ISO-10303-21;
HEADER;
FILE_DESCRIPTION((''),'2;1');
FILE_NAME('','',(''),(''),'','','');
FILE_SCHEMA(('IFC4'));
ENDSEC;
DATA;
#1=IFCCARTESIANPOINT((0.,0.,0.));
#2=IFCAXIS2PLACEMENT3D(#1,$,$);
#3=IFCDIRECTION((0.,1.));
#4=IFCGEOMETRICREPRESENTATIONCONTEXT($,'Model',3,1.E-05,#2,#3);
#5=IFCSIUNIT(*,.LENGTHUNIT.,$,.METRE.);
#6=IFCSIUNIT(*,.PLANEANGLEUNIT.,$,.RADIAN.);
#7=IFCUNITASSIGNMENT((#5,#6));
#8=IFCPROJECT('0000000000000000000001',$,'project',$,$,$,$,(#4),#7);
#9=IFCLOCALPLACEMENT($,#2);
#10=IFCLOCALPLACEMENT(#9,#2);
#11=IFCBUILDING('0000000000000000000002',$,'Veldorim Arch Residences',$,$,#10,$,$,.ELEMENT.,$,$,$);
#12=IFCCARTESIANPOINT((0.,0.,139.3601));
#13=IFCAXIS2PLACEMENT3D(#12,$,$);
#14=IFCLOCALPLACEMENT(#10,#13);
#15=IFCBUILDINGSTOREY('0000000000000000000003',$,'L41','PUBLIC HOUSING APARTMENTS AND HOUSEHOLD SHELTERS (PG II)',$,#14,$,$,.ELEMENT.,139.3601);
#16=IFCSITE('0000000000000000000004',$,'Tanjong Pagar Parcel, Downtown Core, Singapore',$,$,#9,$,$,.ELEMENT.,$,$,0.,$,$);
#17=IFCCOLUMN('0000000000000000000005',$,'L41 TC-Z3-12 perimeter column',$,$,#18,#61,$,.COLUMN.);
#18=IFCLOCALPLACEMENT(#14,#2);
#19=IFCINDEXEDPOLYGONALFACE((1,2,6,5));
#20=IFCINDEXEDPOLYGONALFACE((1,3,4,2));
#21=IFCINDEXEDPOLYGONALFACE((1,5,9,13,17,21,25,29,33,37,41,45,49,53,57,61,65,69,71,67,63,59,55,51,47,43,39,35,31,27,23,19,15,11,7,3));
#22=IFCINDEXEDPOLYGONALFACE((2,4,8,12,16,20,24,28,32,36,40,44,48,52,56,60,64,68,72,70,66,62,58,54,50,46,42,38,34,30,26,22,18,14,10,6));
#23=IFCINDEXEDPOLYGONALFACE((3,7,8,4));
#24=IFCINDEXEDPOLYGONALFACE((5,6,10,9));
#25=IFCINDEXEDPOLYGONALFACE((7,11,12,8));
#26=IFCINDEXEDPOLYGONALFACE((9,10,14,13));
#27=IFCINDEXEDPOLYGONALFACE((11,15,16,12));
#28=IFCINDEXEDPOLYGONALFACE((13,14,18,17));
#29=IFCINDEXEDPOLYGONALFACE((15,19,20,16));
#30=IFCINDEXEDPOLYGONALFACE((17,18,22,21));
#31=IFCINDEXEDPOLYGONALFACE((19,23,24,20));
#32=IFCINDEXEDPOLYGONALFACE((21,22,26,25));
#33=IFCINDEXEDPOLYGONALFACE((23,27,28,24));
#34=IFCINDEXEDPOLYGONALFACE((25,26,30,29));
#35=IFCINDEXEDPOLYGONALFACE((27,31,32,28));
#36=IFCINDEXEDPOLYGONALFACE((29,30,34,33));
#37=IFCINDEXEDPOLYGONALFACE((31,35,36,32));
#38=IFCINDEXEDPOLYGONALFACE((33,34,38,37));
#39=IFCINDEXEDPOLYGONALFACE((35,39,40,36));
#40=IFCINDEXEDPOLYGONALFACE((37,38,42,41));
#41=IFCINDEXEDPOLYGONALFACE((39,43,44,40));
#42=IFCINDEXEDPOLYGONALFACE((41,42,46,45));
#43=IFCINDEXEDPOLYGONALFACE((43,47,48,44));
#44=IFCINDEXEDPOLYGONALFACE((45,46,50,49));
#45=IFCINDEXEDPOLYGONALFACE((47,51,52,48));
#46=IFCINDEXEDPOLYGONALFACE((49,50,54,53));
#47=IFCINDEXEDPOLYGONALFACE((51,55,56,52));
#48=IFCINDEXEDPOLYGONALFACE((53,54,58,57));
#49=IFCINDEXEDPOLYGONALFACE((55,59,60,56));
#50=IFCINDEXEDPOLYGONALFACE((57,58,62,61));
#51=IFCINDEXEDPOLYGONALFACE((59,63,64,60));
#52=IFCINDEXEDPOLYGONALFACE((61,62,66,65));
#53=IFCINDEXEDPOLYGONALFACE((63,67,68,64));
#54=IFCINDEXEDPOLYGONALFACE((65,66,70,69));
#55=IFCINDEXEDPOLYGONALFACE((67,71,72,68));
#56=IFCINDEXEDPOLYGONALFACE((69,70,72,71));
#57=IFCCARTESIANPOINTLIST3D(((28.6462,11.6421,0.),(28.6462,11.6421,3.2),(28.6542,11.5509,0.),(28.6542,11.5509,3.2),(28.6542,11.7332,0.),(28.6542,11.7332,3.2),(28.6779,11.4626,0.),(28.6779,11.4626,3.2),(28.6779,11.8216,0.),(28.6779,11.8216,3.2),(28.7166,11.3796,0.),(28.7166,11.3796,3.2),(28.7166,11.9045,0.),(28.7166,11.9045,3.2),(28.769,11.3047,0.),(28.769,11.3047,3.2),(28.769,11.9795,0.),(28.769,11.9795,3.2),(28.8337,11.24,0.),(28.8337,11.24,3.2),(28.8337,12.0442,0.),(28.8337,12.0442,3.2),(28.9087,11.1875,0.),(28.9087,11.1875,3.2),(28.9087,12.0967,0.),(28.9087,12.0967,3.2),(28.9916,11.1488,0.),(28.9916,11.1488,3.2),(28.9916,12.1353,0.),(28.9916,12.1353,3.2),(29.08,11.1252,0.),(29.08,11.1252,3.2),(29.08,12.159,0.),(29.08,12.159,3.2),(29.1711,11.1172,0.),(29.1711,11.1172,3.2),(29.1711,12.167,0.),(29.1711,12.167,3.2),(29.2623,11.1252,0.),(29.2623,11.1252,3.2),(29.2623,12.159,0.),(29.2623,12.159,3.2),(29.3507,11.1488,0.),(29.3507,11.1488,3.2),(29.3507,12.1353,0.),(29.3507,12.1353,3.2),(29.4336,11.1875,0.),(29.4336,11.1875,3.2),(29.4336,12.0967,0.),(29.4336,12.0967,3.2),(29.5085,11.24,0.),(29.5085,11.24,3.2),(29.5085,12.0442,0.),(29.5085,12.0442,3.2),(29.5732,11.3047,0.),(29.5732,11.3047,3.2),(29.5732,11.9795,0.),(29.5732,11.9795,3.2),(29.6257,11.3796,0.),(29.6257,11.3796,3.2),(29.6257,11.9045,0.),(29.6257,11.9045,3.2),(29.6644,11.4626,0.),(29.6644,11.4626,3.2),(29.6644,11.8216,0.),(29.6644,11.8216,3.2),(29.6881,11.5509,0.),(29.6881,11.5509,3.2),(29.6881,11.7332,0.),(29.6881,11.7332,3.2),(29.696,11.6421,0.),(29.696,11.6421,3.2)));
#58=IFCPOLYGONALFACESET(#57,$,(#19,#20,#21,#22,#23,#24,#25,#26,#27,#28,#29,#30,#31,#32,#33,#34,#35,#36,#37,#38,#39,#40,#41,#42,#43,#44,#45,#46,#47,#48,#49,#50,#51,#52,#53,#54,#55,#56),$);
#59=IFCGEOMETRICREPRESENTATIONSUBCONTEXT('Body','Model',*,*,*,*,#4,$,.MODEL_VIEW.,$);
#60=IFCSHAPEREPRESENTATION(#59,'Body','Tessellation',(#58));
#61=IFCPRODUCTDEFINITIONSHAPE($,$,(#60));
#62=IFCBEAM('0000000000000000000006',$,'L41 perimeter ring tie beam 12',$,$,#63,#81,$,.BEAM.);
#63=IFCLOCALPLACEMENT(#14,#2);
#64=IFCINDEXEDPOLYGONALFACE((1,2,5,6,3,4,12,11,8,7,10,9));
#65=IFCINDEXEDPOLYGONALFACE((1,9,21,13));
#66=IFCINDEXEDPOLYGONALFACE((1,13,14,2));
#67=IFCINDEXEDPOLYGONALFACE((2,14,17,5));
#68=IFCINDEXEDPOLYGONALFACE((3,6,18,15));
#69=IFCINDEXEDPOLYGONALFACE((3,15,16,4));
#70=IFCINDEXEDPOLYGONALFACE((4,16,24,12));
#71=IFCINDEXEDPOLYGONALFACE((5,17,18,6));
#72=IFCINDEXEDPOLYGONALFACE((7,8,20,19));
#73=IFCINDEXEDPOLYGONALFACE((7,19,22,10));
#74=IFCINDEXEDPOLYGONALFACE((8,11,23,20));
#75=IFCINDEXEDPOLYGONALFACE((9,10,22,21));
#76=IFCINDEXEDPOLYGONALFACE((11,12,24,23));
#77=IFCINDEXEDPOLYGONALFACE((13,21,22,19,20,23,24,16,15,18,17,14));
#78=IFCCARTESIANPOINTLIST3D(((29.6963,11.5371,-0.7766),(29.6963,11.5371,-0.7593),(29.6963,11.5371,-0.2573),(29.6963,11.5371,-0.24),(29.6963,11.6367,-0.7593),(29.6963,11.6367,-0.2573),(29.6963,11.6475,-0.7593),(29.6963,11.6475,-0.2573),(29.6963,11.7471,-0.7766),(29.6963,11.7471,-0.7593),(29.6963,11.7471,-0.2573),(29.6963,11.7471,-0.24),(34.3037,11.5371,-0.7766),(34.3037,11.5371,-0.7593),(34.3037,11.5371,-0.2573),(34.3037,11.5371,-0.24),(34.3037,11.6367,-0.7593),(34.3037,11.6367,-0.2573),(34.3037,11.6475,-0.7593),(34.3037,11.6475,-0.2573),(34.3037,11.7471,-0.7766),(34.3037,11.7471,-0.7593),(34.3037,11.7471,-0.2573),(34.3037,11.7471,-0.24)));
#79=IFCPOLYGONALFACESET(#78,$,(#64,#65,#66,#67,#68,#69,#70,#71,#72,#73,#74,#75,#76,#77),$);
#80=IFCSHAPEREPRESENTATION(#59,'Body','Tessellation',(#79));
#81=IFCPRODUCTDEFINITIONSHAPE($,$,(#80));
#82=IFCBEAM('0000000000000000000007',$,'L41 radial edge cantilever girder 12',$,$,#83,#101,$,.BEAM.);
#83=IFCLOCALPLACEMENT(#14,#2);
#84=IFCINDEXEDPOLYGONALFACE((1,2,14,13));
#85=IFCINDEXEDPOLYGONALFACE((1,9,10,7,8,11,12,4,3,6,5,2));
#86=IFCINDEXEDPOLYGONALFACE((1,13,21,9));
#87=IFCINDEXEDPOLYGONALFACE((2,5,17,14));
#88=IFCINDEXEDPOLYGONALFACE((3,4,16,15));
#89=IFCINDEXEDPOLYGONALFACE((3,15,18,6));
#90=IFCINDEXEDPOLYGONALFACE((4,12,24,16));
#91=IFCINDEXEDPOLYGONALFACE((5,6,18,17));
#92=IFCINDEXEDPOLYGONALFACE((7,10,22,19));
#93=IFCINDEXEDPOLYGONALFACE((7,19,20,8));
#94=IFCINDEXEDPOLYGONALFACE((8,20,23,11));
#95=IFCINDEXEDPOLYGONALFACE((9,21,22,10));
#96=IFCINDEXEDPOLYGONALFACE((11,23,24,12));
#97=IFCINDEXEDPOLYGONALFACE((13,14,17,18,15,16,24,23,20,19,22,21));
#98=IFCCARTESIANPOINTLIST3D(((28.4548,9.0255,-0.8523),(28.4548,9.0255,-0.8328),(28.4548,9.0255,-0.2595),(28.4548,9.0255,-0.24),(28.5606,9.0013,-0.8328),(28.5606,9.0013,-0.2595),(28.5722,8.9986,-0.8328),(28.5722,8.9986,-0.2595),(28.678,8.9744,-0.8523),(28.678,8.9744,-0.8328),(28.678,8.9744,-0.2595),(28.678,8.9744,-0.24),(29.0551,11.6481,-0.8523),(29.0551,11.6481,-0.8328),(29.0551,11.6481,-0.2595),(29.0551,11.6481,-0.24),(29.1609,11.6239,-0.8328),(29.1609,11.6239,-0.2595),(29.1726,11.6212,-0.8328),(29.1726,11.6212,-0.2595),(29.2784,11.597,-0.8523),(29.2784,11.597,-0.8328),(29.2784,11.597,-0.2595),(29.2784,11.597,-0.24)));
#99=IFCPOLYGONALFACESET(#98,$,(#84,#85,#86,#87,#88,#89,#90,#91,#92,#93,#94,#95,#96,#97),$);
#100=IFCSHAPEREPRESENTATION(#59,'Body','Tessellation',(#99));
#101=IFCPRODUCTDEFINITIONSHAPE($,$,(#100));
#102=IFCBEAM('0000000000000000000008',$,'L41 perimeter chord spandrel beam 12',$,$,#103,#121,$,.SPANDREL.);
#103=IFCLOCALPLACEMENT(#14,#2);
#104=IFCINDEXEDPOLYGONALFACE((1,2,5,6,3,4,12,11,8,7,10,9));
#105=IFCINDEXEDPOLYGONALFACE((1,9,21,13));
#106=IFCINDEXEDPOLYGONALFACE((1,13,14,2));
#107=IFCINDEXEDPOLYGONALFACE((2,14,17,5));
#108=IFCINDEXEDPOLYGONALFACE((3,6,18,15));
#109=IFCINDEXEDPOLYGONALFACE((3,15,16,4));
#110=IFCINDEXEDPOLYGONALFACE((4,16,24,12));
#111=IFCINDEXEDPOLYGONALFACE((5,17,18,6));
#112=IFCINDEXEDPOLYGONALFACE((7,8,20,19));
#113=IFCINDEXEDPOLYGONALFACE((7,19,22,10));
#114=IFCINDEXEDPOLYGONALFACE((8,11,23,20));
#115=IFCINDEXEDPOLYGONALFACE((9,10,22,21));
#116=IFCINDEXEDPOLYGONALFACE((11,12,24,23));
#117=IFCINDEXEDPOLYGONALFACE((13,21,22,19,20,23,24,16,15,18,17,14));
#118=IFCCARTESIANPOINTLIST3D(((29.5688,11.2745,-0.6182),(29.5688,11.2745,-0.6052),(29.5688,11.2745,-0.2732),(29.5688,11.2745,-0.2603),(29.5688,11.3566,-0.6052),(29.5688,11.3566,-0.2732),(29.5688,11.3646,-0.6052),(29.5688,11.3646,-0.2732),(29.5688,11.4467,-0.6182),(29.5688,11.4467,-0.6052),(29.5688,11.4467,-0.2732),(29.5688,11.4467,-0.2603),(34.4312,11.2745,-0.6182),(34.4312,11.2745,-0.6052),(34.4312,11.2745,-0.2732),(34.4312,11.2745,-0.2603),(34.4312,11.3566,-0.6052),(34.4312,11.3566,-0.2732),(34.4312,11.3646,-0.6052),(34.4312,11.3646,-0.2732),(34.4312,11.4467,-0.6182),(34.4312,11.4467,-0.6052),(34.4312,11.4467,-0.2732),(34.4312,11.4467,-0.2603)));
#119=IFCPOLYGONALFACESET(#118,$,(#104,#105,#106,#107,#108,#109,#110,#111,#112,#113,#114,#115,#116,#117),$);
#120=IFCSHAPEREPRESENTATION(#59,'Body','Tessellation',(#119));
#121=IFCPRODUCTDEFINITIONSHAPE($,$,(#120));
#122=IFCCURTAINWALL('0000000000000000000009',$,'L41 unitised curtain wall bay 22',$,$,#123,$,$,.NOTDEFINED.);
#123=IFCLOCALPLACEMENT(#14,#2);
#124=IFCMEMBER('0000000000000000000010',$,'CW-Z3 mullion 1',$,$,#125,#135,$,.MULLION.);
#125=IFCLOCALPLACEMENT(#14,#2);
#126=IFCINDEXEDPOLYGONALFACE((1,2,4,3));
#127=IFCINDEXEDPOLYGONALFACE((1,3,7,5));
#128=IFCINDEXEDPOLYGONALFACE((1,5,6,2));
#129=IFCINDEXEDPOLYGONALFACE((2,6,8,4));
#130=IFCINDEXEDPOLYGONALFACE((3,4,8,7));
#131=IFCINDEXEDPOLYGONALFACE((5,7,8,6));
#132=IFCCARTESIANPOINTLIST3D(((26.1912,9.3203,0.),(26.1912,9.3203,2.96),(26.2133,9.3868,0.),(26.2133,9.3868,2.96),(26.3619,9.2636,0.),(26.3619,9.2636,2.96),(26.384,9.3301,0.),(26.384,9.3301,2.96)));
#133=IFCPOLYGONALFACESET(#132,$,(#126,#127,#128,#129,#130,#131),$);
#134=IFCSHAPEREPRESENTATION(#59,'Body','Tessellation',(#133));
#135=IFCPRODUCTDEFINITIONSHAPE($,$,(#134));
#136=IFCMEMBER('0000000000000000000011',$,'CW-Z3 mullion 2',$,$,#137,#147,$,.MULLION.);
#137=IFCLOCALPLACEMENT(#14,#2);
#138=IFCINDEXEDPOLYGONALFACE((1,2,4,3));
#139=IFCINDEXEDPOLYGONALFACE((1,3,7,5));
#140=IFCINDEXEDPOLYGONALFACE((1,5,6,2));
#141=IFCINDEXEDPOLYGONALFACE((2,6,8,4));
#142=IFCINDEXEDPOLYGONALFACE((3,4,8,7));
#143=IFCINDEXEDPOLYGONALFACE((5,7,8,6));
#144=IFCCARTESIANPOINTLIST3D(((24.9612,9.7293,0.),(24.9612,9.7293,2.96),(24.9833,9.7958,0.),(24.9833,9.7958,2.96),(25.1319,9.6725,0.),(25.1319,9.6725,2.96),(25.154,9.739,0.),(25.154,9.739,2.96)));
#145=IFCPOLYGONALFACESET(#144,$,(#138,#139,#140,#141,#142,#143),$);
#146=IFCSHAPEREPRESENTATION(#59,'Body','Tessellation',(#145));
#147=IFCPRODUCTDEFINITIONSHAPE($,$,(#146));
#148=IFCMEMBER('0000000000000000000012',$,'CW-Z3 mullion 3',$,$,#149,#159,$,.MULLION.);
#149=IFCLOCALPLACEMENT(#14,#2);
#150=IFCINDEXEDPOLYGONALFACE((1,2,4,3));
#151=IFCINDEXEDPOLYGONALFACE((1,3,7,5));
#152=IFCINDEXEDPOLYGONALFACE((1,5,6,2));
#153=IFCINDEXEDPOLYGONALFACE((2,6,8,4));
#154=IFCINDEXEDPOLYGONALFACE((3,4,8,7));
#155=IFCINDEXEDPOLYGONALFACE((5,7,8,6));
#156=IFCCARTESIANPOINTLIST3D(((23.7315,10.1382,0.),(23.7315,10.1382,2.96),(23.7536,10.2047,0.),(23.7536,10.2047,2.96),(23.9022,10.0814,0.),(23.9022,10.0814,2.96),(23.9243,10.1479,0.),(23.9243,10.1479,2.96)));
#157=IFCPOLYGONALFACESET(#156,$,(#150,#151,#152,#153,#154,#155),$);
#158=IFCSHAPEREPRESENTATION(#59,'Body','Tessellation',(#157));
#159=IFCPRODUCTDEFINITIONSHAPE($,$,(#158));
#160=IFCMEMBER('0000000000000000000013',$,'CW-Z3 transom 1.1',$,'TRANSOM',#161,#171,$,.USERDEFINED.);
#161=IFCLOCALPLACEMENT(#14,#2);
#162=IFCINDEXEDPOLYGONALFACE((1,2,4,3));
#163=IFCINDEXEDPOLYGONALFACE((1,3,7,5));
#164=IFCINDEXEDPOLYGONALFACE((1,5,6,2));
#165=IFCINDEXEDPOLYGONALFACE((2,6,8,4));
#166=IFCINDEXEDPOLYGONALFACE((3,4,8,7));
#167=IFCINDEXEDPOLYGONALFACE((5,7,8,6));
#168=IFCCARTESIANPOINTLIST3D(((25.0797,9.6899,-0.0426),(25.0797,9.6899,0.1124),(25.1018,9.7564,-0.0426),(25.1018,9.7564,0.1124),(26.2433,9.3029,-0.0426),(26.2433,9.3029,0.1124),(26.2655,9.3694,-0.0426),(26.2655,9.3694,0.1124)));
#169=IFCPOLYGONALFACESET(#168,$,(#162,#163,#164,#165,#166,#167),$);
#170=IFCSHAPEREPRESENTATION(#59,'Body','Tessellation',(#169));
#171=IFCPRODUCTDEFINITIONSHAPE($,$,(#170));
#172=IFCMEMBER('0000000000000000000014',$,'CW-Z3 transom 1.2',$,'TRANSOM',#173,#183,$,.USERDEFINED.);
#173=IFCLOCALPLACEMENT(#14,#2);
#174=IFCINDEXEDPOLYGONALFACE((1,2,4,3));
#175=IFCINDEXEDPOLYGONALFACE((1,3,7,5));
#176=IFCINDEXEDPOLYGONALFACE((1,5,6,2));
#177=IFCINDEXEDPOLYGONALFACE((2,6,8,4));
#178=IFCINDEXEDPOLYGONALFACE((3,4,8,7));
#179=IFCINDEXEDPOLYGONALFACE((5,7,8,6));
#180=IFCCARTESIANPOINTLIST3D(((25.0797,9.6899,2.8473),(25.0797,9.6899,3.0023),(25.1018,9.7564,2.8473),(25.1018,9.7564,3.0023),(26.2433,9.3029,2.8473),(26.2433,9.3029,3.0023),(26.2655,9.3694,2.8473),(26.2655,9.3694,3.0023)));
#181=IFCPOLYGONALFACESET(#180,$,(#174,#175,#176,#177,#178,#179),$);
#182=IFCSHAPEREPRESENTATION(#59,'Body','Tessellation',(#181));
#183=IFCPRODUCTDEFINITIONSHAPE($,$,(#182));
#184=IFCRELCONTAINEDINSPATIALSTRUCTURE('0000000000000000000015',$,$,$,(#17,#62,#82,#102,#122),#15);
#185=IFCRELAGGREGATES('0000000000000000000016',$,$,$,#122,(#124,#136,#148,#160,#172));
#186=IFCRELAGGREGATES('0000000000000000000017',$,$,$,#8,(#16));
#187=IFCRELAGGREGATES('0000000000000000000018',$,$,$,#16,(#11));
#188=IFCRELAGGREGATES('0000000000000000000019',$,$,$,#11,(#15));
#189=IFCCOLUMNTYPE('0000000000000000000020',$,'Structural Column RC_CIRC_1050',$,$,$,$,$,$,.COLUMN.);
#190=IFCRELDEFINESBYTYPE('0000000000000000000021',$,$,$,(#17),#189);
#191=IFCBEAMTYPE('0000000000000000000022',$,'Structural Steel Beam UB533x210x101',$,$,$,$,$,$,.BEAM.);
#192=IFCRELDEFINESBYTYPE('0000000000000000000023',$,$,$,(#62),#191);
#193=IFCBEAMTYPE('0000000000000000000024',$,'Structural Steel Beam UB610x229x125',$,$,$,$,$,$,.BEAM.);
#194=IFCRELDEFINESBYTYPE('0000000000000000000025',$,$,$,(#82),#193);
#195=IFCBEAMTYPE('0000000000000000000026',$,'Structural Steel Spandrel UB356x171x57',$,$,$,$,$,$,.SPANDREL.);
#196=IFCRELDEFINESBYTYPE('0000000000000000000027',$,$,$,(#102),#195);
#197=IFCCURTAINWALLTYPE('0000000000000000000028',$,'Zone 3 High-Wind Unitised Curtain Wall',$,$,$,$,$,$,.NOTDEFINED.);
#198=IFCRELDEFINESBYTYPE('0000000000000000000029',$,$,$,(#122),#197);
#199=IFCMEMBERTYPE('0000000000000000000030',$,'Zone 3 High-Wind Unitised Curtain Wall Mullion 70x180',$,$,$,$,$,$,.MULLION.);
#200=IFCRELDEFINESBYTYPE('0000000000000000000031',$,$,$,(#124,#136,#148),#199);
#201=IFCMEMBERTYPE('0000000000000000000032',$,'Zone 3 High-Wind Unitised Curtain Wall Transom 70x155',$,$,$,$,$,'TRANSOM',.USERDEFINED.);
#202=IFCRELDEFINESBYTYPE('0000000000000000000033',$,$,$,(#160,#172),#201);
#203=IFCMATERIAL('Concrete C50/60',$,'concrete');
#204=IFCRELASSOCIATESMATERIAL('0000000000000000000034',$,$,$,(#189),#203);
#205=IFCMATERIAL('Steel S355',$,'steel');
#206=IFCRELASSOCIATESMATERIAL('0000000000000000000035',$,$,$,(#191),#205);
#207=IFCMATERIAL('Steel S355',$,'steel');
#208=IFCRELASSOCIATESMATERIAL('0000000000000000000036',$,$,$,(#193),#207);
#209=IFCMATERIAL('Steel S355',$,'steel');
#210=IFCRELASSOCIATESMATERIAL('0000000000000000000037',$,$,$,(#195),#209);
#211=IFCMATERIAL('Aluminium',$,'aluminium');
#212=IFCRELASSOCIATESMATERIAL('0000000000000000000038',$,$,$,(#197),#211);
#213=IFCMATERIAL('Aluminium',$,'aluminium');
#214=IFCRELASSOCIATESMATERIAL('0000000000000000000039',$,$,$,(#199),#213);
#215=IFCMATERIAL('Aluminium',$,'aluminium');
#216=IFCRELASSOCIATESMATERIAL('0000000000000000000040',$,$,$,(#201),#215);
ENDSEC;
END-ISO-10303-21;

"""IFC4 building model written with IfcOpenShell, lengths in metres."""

from ifc_helpers import new_model, si_unit, direction, frame, origin, origin_2d, place, context, subcontext, project, spatial, rectangle, circle, i_section, extrude, material, material_profile, profile_set, type_object, element, aggregate, save


model = new_model("IFC4")

# Units and contexts
model_context = context("Model", 3, precision=1e-05, world=origin(), true_north=direction((0.0, 1.0)))
body_context = subcontext(model_context, "Body", "Model", "MODEL_VIEW")
ifc_project = project(units=[si_unit("LENGTHUNIT", "METRE"), si_unit("PLANEANGLEUNIT", "RADIAN")], contexts=[model_context])

# Site, building, storey
site_placement = place(None, origin())
site = spatial("IfcSite", under=ifc_project, at=site_placement, Name="Tanjong Pagar Parcel, Downtown Core, Singapore", CompositionType="ELEMENT", RefElevation=0.0)
building_placement = place(site_placement, origin())
building = spatial("IfcBuilding", under=site, at=building_placement, Name="Veldorim Arch Residences", CompositionType="ELEMENT")
storey_placement = place(building_placement, frame((0.0, 0.0, 139.3601)))
storey = spatial("IfcBuildingStorey", under=building, at=storey_placement, Name="L41", Description="PUBLIC HOUSING APARTMENTS AND HOUSEHOLD SHELTERS (PG II)", CompositionType="ELEMENT", Elevation=139.3601)

# Column
ifc_material_1 = material(Name="Concrete C50/60", Category="concrete")
ifc_material_profile_1 = material_profile(ifc_material_1, circle(Radius=0.5249, at=origin_2d()), Name="RC_CIRC_1050")
ifc_profile_set_1 = profile_set([ifc_material_profile_1], Name="Concrete C50/60")
column_type = type_object("IfcColumnType", Name="Structural Column RC_CIRC_1050", PredefinedType="COLUMN", material=ifc_profile_set_1)
column_placement = place(storey_placement, frame((29.1711, 11.6421, 0.0), z_axis=(0.0, 0.0, 1.0), x_axis=(1.0, 0.0, 0.0)))
element("IfcColumn", 1, at=column_placement, inside=storey, type_object=column_type, Name="L41 TC-Z3-12 perimeter column", PredefinedType="COLUMN", context=body_context, shape_type="SweptSolid", body=[
    extrude(circle(Radius=0.5249, at=origin_2d()), origin(), (0.0, 0.0, 1.0), 3.2),
])

# Beams
ifc_material_2 = material(Name="Steel S355", Category="steel")
ifc_material_profile_2 = material_profile(ifc_material_2, i_section(OverallWidth=0.21, OverallDepth=0.5366, WebThickness=0.0107, FlangeThickness=0.0173, at=origin_2d()), Name="UB533x210x101")
ifc_profile_set_2 = profile_set([ifc_material_profile_2], Name="Steel S355")
beam_type_1 = type_object("IfcBeamType", Name="Structural Steel Beam UB533x210x101", PredefinedType="BEAM", material=ifc_profile_set_2)
beam_1_placement = place(storey_placement, frame((29.6963, 11.6421, -0.5083), z_axis=(1.0, 0.0, 0.0), x_axis=(0.0, 1.0, 0.0)))
element("IfcBeam", 2, at=beam_1_placement, inside=storey, type_object=beam_type_1, Name="L41 perimeter ring tie beam 12", PredefinedType="BEAM", context=body_context, shape_type="SweptSolid", body=[
    extrude(i_section(OverallWidth=0.21, OverallDepth=0.5366, WebThickness=0.0107, FlangeThickness=0.0173, at=origin_2d()), origin(), (0.0, 0.0, 1.0), 4.6074),
])
ifc_material_3 = material(Name="Steel S355", Category="steel")
ifc_material_profile_3 = material_profile(ifc_material_3, i_section(OverallWidth=0.229, OverallDepth=0.6123, WebThickness=0.012, FlangeThickness=0.0195, at=origin_2d()), Name="UB610x229x125")
ifc_profile_set_3 = profile_set([ifc_material_profile_3], Name="Steel S355")
beam_type_2 = type_object("IfcBeamType", Name="Structural Steel Beam UB610x229x125", PredefinedType="BEAM", material=ifc_profile_set_3)
beam_2_placement = place(storey_placement, frame((29.1667, 11.6226, -0.5461), z_axis=(-0.223143, -0.974786, 0.0), x_axis=(0.974786, -0.223143, 0.0)))
element("IfcBeam", 3, at=beam_2_placement, inside=storey, type_object=beam_type_2, Name="L41 radial edge cantilever girder 12", PredefinedType="BEAM", context=body_context, shape_type="SweptSolid", body=[
    extrude(i_section(OverallWidth=0.229, OverallDepth=0.6123, WebThickness=0.012, FlangeThickness=0.0195, at=origin_2d()), origin(), (0.0, 0.0, 1.0), 2.6904),
])
ifc_material_4 = material(Name="Steel S355", Category="steel")
ifc_material_profile_4 = material_profile(ifc_material_4, i_section(OverallWidth=0.1721, OverallDepth=0.3579, WebThickness=0.0081, FlangeThickness=0.0129, at=origin_2d()), Name="UB356x171x57")
ifc_profile_set_4 = profile_set([ifc_material_profile_4], Name="Steel S355")
beam_type_3 = type_object("IfcBeamType", Name="Structural Steel Spandrel UB356x171x57", PredefinedType="SPANDREL", material=ifc_profile_set_4)
beam_3_placement = place(storey_placement, frame((29.5688, 11.3606, -0.4392), z_axis=(1.0, 0.0, 0.0), x_axis=(0.0, 1.0, 0.0)))
element("IfcBeam", 4, at=beam_3_placement, inside=storey, type_object=beam_type_3, Name="L41 perimeter chord spandrel beam 12", PredefinedType="SPANDREL", context=body_context, shape_type="SweptSolid", body=[
    extrude(i_section(OverallWidth=0.1721, OverallDepth=0.3579, WebThickness=0.0081, FlangeThickness=0.0129, at=origin_2d()), origin(), (0.0, 0.0, 1.0), 4.8623),
])

# Curtain wall, members
ifc_material_5 = material(Name="Aluminium", Category="aluminium")
curtain_wall_type = type_object("IfcCurtainWallType", Name="Zone 3 High-Wind Unitised Curtain Wall", PredefinedType="NOTDEFINED", material=ifc_material_5)
curtain_wall_placement = place(storey_placement, origin())
curtain_wall = element("IfcCurtainWall", 5, at=curtain_wall_placement, inside=storey, type_object=curtain_wall_type, Name="L41 unitised curtain wall bay 22", PredefinedType="NOTDEFINED")
ifc_material_6 = material(Name="Aluminium", Category="aluminium")
ifc_material_profile_5 = material_profile(ifc_material_6, rectangle(XDim=0.0701, YDim=0.1799, at=origin_2d()), Name="ALU_MUL_70x180")
ifc_profile_set_5 = profile_set([ifc_material_profile_5], Name="Aluminium")
member_type_1 = type_object("IfcMemberType", Name="Zone 3 High-Wind Unitised Curtain Wall Mullion 70x180", PredefinedType="MULLION", material=ifc_profile_set_5)
member_1_placement = place(storey_placement, frame((26.2876, 9.3252, 0.0), z_axis=(0.0, 0.0, 1.0), x_axis=(-0.315552, -0.948908, 0.0)))
member_1 = element("IfcMember", 6, at=member_1_placement, type_object=member_type_1, Name="CW-Z3 mullion 1", PredefinedType="MULLION", context=body_context, shape_type="SweptSolid", body=[
    extrude(rectangle(XDim=0.0701, YDim=0.1799, at=origin_2d()), origin(), (0.0, 0.0, 1.0), 2.96),
])
member_2_placement = place(storey_placement, frame((25.0576, 9.7341, 0.0), z_axis=(0.0, 0.0, 1.0), x_axis=(-0.315552, -0.948908, 0.0)))
member_2 = element("IfcMember", 7, at=member_2_placement, type_object=member_type_1, Name="CW-Z3 mullion 2", PredefinedType="MULLION", context=body_context, shape_type="SweptSolid", body=[
    extrude(rectangle(XDim=0.0701, YDim=0.1799, at=origin_2d()), origin(), (0.0, 0.0, 1.0), 2.96),
])
member_3_placement = place(storey_placement, frame((23.8279, 10.1431, 0.0), z_axis=(0.0, 0.0, 1.0), x_axis=(-0.315552, -0.948908, 0.0)))
member_3 = element("IfcMember", 8, at=member_3_placement, type_object=member_type_1, Name="CW-Z3 mullion 3", PredefinedType="MULLION", context=body_context, shape_type="SweptSolid", body=[
    extrude(rectangle(XDim=0.0701, YDim=0.1799, at=origin_2d()), origin(), (0.0, 0.0, 1.0), 2.96),
])
ifc_material_7 = material(Name="Aluminium", Category="aluminium")
ifc_material_profile_6 = material_profile(ifc_material_7, rectangle(XDim=0.0701, YDim=0.155, at=origin_2d()), Name="ALU_TRN_70x155")
ifc_profile_set_6 = profile_set([ifc_material_profile_6], Name="Aluminium")
member_type_2 = type_object("IfcMemberType", Name="Zone 3 High-Wind Unitised Curtain Wall Transom 70x155", ElementType="TRANSOM", PredefinedType="USERDEFINED", material=ifc_profile_set_6)
member_4_placement = place(storey_placement, frame((26.2544, 9.3362, 0.0349), z_axis=(-0.948902, 0.315571, 0.0), x_axis=(-0.315571, -0.948902, 0.0)))
member_4 = element("IfcMember", 9, at=member_4_placement, type_object=member_type_2, Name="CW-Z3 transom 1.1", ObjectType="TRANSOM", PredefinedType="USERDEFINED", context=body_context, shape_type="SweptSolid", body=[
    extrude(rectangle(XDim=0.0701, YDim=0.155, at=origin_2d()), origin(), (0.0, 0.0, 1.0), 1.2263),
])
member_5_placement = place(storey_placement, frame((26.2544, 9.3362, 2.9248), z_axis=(-0.948902, 0.315571, 0.0), x_axis=(-0.315571, -0.948902, 0.0)))
member_5 = element("IfcMember", 10, at=member_5_placement, type_object=member_type_2, Name="CW-Z3 transom 1.2", ObjectType="TRANSOM", PredefinedType="USERDEFINED", context=body_context, shape_type="SweptSolid", body=[
    extrude(rectangle(XDim=0.0701, YDim=0.155, at=origin_2d()), origin(), (0.0, 0.0, 1.0), 1.2263),
])
aggregate(curtain_wall, [member_1, member_2, member_3, member_4, member_5])

save(model, "model.ifc")
